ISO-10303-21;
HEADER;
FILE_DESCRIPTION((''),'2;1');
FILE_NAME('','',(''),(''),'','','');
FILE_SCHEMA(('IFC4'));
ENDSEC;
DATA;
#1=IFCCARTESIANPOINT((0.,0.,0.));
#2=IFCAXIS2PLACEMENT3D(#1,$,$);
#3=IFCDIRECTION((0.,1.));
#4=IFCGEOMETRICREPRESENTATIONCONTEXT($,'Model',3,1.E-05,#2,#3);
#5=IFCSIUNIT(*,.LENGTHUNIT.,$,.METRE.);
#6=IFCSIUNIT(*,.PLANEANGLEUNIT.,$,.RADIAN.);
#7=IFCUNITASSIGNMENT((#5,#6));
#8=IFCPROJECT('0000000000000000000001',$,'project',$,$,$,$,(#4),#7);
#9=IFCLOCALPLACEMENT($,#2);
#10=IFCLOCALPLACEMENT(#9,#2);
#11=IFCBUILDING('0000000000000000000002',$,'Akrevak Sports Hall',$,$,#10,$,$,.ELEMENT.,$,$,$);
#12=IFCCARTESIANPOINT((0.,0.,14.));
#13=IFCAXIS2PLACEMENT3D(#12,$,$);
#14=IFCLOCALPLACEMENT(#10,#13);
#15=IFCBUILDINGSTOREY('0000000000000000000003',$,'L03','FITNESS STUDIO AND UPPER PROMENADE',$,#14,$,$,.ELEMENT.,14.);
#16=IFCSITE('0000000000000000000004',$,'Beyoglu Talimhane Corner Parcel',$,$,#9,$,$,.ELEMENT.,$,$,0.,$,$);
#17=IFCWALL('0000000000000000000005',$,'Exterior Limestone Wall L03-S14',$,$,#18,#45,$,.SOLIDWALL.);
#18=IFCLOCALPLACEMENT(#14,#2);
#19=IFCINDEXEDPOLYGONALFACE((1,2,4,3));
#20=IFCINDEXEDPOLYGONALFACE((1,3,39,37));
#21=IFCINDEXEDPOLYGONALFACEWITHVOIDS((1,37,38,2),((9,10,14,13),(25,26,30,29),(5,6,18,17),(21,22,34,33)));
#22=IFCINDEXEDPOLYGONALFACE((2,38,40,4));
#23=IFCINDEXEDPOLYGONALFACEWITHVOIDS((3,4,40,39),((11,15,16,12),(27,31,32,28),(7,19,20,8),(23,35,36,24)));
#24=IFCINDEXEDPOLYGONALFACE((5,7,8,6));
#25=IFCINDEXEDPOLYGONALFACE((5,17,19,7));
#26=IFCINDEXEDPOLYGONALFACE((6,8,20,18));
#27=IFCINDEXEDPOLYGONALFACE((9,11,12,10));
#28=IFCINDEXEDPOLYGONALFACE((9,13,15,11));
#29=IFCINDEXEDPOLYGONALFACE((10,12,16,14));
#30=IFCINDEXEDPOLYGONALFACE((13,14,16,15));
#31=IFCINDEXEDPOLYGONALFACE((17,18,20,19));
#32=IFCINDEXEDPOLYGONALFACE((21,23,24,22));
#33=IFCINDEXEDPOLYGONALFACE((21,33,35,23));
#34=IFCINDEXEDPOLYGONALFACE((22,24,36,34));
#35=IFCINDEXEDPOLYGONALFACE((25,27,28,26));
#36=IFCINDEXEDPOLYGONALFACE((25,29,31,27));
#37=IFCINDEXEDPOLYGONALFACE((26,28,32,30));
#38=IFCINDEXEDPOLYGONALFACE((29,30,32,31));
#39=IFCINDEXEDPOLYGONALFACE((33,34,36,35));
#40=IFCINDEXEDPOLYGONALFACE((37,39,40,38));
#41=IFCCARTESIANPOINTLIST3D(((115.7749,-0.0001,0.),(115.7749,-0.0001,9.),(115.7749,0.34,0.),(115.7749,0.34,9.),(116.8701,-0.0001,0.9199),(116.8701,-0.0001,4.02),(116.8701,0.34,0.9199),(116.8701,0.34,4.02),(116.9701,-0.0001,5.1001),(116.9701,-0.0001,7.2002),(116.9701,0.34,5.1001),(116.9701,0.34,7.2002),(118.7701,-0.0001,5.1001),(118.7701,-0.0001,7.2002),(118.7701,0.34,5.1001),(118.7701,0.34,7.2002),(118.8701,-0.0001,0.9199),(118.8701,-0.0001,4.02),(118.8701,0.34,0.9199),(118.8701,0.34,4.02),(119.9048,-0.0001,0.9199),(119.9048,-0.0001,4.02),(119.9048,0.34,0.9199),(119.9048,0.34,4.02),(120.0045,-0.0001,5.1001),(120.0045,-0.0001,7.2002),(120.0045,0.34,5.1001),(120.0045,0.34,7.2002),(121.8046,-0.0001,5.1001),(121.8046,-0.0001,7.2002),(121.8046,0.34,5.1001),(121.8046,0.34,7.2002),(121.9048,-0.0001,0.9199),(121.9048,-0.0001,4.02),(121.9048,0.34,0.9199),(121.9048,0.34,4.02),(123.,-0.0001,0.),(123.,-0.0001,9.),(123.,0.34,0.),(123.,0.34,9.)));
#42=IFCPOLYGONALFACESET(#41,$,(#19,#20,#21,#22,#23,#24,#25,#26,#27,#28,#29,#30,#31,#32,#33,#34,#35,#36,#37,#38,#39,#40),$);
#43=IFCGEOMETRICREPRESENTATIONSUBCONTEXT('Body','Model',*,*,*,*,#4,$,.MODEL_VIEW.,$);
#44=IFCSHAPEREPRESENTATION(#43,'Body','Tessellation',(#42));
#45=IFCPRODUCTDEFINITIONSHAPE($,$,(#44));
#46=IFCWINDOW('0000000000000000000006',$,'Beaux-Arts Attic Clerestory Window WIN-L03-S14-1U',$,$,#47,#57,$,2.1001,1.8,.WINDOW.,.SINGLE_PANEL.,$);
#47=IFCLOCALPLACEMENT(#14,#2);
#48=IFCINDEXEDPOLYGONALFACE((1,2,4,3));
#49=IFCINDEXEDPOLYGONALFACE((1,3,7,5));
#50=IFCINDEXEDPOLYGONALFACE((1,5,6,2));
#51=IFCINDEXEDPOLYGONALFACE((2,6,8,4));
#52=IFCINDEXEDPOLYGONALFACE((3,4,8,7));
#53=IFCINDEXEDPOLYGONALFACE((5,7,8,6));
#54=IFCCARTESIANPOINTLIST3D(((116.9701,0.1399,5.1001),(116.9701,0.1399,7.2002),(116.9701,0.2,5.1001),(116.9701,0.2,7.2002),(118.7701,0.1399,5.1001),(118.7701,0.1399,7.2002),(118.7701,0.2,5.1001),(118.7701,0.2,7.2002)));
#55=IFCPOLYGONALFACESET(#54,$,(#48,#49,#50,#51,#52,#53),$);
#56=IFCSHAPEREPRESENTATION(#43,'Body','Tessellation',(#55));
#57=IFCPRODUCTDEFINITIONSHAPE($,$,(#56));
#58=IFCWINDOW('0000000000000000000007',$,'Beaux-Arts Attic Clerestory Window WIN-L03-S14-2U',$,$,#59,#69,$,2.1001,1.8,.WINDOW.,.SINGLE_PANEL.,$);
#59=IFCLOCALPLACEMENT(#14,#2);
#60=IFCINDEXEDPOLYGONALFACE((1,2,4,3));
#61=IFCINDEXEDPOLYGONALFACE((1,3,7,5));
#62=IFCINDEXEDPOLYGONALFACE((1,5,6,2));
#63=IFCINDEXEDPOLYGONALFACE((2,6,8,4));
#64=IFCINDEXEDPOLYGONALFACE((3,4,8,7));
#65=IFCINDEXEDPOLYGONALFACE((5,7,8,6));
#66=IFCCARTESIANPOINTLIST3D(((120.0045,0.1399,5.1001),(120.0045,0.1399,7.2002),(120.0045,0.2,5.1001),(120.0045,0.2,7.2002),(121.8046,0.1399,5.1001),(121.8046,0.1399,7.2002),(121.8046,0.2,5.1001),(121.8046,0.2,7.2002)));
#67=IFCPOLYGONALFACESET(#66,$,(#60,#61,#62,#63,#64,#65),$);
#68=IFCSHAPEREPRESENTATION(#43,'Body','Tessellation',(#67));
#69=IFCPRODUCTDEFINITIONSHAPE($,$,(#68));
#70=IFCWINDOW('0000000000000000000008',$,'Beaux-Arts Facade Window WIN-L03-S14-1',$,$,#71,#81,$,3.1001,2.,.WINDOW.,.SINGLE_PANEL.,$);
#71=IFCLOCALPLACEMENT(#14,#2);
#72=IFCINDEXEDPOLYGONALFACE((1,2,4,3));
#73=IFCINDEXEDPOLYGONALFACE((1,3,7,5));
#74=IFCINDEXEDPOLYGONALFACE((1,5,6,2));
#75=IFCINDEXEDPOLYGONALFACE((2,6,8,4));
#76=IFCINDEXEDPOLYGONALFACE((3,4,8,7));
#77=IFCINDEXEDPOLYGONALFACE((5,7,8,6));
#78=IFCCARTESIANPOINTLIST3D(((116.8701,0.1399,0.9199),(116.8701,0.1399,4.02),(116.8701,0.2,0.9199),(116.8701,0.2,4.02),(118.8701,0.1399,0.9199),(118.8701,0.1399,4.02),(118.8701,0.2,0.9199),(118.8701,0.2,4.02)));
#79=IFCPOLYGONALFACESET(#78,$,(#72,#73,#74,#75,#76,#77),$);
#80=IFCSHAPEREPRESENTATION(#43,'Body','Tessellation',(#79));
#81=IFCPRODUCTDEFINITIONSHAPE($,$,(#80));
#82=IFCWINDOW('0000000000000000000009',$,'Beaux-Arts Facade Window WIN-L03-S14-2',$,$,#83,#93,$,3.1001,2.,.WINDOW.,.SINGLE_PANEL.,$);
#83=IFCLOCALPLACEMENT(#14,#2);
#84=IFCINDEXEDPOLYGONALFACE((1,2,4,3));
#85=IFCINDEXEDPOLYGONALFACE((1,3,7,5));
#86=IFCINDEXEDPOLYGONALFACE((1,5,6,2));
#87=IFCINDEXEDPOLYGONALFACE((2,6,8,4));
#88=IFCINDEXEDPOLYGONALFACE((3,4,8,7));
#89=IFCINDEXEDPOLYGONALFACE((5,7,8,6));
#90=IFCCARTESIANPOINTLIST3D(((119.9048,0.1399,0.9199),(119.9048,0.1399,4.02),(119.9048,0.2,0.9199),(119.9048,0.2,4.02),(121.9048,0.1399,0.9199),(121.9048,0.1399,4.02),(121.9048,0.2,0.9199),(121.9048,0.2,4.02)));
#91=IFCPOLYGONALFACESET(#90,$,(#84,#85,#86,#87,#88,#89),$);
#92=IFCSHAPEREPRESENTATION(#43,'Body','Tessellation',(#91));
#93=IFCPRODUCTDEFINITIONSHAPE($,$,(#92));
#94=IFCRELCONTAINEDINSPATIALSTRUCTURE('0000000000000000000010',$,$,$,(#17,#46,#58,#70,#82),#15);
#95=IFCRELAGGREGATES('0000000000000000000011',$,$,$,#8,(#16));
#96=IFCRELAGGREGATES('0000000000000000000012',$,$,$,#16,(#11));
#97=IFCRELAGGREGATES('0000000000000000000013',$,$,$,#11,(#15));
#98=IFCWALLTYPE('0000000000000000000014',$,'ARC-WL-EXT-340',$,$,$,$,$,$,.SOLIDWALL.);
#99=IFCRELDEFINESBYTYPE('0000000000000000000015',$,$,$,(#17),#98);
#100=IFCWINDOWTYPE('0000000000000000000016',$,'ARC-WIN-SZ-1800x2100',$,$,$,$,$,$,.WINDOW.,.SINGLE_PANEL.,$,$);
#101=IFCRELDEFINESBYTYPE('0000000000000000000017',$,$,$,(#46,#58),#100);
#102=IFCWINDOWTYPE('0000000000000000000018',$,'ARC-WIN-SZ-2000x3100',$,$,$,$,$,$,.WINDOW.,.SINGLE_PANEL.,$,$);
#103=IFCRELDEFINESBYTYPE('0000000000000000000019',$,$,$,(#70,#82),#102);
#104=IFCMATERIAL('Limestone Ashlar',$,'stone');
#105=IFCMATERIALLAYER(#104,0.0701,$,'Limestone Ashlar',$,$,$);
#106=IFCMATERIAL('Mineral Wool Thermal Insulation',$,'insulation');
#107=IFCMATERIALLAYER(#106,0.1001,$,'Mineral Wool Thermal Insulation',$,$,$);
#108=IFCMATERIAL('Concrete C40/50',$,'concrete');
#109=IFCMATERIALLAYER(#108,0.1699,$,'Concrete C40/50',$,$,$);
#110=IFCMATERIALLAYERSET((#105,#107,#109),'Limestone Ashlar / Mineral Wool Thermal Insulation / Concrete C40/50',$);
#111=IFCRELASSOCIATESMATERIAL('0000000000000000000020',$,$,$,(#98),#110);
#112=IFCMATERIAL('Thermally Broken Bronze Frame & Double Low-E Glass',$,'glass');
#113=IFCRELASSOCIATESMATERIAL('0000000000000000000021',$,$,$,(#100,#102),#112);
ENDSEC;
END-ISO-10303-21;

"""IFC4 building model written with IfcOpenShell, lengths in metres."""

from ifc_helpers import new_model, si_unit, direction, frame, frame_2d, origin, place, context, subcontext, project, spatial, rectangle, extrude, material, layer, layer_set, type_object, element, fill, save


model = new_model("IFC4")

# Units and contexts
model_context = context("Model", 3, precision=1e-05, world=origin(), true_north=direction((0.0, 1.0)))
body_context = subcontext(model_context, "Body", "Model", "MODEL_VIEW")
ifc_project = project(units=[si_unit("LENGTHUNIT", "METRE"), si_unit("PLANEANGLEUNIT", "RADIAN")], contexts=[model_context])

# Site, building, storey
site_placement = place(None, origin())
site = spatial("IfcSite", under=ifc_project, at=site_placement, Name="Beyoglu Talimhane Corner Parcel", CompositionType="ELEMENT", RefElevation=0.0)
building_placement = place(site_placement, origin())
building = spatial("IfcBuilding", under=site, at=building_placement, Name="Akrevak Sports Hall", CompositionType="ELEMENT")
storey_placement = place(building_placement, frame((0.0, 0.0, 14.0)))
storey = spatial("IfcBuildingStorey", under=building, at=storey_placement, Name="L03", Description="FITNESS STUDIO AND UPPER PROMENADE", CompositionType="ELEMENT", Elevation=14.0)

# Shared definitions
ifc_material_1 = material(Name="Concrete C40/50", Category="concrete")

# Wall, openings, windows
ifc_material_2 = material(Name="Limestone Ashlar", Category="stone")
ifc_layer_1 = layer(ifc_material_2, 0.0701, Name="Limestone Ashlar")
ifc_material_3 = material(Name="Mineral Wool Thermal Insulation", Category="insulation")
ifc_layer_2 = layer(ifc_material_3, 0.1001, Name="Mineral Wool Thermal Insulation")
ifc_layer_3 = layer(ifc_material_1, 0.1699, Name="Concrete C40/50")
ifc_layer_set_1 = layer_set([ifc_layer_1, ifc_layer_2, ifc_layer_3], Name="Limestone Ashlar / Mineral Wool Thermal Insulation / Concrete C40/50")
wall_type = type_object("IfcWallType", Name="ARC-WL-EXT-340", PredefinedType="SOLIDWALL", material=ifc_layer_set_1)
wall_1_placement = place(storey_placement, frame((115.7749, 0.1699, 0.0), z_axis=(0.0, 0.0, 1.0), x_axis=(1.0, 0.0, 0.0)))
wall_1 = element("IfcWall", 1, at=wall_1_placement, inside=storey, type_object=wall_type, Name="Exterior Limestone Wall L03-S14", PredefinedType="SOLIDWALL", context=body_context, shape_type="SweptSolid", body=[
    extrude(rectangle(XDim=7.2251, YDim=0.3401, at=frame_2d((3.6125, 0.0))), origin(), (0.0, 0.0, 1.0), 9.0),
])
opening_1_placement = place(wall_1_placement, frame((1.0952, 0.0, 0.9199)))
opening_1 = element("IfcOpeningElement", 2, at=opening_1_placement, cuts=wall_1, PredefinedType="OPENING", context=body_context, shape_type="SweptSolid", body=[
    extrude(rectangle(XDim=2.0, YDim=3.1001, at=frame_2d((1.0, 1.55))), frame((0.0, 0.1821, 0.0), z_axis=(0.0, -1.0, 0.0), x_axis=(1.0, 0.0, 0.0)), (0.0, 0.0, 1.0), 0.364),
])
opening_2_placement = place(wall_1_placement, frame((1.1953, 0.0, 5.1001)))
opening_2 = element("IfcOpeningElement", 3, at=opening_2_placement, cuts=wall_1, PredefinedType="OPENING", context=body_context, shape_type="SweptSolid", body=[
    extrude(rectangle(XDim=1.8, YDim=2.1001, at=frame_2d((0.8999, 1.05))), frame((0.0, 0.1821, 0.0), z_axis=(0.0, -1.0, 0.0), x_axis=(1.0, 0.0, 0.0)), (0.0, 0.0, 1.0), 0.364),
])
opening_3_placement = place(wall_1_placement, frame((4.1299, 0.0, 0.9199)))
opening_3 = element("IfcOpeningElement", 4, at=opening_3_placement, cuts=wall_1, PredefinedType="OPENING", context=body_context, shape_type="SweptSolid", body=[
    extrude(rectangle(XDim=2.0, YDim=3.1001, at=frame_2d((1.0, 1.55))), frame((0.0, 0.1821, 0.0), z_axis=(0.0, -1.0, 0.0), x_axis=(1.0, 0.0, 0.0)), (0.0, 0.0, 1.0), 0.364),
])
opening_4_placement = place(wall_1_placement, frame((4.2297, 0.0, 5.1001)))
opening_4 = element("IfcOpeningElement", 5, at=opening_4_placement, cuts=wall_1, PredefinedType="OPENING", context=body_context, shape_type="SweptSolid", body=[
    extrude(rectangle(XDim=1.8, YDim=2.1001, at=frame_2d((0.8999, 1.05))), frame((0.0, 0.1821, 0.0), z_axis=(0.0, -1.0, 0.0), x_axis=(1.0, 0.0, 0.0)), (0.0, 0.0, 1.0), 0.364),
])
ifc_material_4 = material(Name="Thermally Broken Bronze Frame & Double Low-E Glass", Category="glass")
window_type_1 = type_object("IfcWindowType", Name="ARC-WIN-SZ-1800x2100", PartitioningType="SINGLE_PANEL", PredefinedType="WINDOW", material=ifc_material_4)
window_1_placement = place(opening_2_placement, origin())
window_1 = element("IfcWindow", 6, at=window_1_placement, inside=storey, type_object=window_type_1, Name="Beaux-Arts Attic Clerestory Window WIN-L03-S14-1U", OverallHeight=2.1001, OverallWidth=1.8, PartitioningType="SINGLE_PANEL", PredefinedType="WINDOW", context=body_context, shape_type="SweptSolid", body=[
    extrude(rectangle(XDim=1.8, YDim=2.1001, at=frame_2d((0.8999, 1.05))), frame((0.0, 0.03, 0.0), z_axis=(0.0, -1.0, 0.0), x_axis=(1.0, 0.0, 0.0)), (0.0, 0.0, 1.0), 0.0601),
])
fill(opening_2, window_1)
window_2_placement = place(opening_4_placement, origin())
window_2 = element("IfcWindow", 7, at=window_2_placement, inside=storey, type_object=window_type_1, Name="Beaux-Arts Attic Clerestory Window WIN-L03-S14-2U", OverallHeight=2.1001, OverallWidth=1.8, PartitioningType="SINGLE_PANEL", PredefinedType="WINDOW", context=body_context, shape_type="SweptSolid", body=[
    extrude(rectangle(XDim=1.8, YDim=2.1001, at=frame_2d((0.8999, 1.05))), frame((0.0, 0.03, 0.0), z_axis=(0.0, -1.0, 0.0), x_axis=(1.0, 0.0, 0.0)), (0.0, 0.0, 1.0), 0.0601),
])
fill(opening_4, window_2)
window_type_2 = type_object("IfcWindowType", Name="ARC-WIN-SZ-2000x3100", PartitioningType="SINGLE_PANEL", PredefinedType="WINDOW", material=ifc_material_4)
window_3_placement = place(opening_1_placement, origin())
window_3 = element("IfcWindow", 8, at=window_3_placement, inside=storey, type_object=window_type_2, Name="Beaux-Arts Facade Window WIN-L03-S14-1", OverallHeight=3.1001, OverallWidth=2.0, PartitioningType="SINGLE_PANEL", PredefinedType="WINDOW", context=body_context, shape_type="SweptSolid", body=[
    extrude(rectangle(XDim=2.0, YDim=3.1001, at=frame_2d((1.0, 1.55))), frame((0.0, 0.03, 0.0), z_axis=(0.0, -1.0, 0.0), x_axis=(1.0, 0.0, 0.0)), (0.0, 0.0, 1.0), 0.0601),
])
fill(opening_1, window_3)
window_4_placement = place(opening_3_placement, origin())
window_4 = element("IfcWindow", 9, at=window_4_placement, inside=storey, type_object=window_type_2, Name="Beaux-Arts Facade Window WIN-L03-S14-2", OverallHeight=3.1001, OverallWidth=2.0, PartitioningType="SINGLE_PANEL", PredefinedType="WINDOW", context=body_context, shape_type="SweptSolid", body=[
    extrude(rectangle(XDim=2.0, YDim=3.1001, at=frame_2d((1.0, 1.55))), frame((0.0, 0.03, 0.0), z_axis=(0.0, -1.0, 0.0), x_axis=(1.0, 0.0, 0.0)), (0.0, 0.0, 1.0), 0.0601),
])
fill(opening_3, window_4)

save(model, "model.ifc")
